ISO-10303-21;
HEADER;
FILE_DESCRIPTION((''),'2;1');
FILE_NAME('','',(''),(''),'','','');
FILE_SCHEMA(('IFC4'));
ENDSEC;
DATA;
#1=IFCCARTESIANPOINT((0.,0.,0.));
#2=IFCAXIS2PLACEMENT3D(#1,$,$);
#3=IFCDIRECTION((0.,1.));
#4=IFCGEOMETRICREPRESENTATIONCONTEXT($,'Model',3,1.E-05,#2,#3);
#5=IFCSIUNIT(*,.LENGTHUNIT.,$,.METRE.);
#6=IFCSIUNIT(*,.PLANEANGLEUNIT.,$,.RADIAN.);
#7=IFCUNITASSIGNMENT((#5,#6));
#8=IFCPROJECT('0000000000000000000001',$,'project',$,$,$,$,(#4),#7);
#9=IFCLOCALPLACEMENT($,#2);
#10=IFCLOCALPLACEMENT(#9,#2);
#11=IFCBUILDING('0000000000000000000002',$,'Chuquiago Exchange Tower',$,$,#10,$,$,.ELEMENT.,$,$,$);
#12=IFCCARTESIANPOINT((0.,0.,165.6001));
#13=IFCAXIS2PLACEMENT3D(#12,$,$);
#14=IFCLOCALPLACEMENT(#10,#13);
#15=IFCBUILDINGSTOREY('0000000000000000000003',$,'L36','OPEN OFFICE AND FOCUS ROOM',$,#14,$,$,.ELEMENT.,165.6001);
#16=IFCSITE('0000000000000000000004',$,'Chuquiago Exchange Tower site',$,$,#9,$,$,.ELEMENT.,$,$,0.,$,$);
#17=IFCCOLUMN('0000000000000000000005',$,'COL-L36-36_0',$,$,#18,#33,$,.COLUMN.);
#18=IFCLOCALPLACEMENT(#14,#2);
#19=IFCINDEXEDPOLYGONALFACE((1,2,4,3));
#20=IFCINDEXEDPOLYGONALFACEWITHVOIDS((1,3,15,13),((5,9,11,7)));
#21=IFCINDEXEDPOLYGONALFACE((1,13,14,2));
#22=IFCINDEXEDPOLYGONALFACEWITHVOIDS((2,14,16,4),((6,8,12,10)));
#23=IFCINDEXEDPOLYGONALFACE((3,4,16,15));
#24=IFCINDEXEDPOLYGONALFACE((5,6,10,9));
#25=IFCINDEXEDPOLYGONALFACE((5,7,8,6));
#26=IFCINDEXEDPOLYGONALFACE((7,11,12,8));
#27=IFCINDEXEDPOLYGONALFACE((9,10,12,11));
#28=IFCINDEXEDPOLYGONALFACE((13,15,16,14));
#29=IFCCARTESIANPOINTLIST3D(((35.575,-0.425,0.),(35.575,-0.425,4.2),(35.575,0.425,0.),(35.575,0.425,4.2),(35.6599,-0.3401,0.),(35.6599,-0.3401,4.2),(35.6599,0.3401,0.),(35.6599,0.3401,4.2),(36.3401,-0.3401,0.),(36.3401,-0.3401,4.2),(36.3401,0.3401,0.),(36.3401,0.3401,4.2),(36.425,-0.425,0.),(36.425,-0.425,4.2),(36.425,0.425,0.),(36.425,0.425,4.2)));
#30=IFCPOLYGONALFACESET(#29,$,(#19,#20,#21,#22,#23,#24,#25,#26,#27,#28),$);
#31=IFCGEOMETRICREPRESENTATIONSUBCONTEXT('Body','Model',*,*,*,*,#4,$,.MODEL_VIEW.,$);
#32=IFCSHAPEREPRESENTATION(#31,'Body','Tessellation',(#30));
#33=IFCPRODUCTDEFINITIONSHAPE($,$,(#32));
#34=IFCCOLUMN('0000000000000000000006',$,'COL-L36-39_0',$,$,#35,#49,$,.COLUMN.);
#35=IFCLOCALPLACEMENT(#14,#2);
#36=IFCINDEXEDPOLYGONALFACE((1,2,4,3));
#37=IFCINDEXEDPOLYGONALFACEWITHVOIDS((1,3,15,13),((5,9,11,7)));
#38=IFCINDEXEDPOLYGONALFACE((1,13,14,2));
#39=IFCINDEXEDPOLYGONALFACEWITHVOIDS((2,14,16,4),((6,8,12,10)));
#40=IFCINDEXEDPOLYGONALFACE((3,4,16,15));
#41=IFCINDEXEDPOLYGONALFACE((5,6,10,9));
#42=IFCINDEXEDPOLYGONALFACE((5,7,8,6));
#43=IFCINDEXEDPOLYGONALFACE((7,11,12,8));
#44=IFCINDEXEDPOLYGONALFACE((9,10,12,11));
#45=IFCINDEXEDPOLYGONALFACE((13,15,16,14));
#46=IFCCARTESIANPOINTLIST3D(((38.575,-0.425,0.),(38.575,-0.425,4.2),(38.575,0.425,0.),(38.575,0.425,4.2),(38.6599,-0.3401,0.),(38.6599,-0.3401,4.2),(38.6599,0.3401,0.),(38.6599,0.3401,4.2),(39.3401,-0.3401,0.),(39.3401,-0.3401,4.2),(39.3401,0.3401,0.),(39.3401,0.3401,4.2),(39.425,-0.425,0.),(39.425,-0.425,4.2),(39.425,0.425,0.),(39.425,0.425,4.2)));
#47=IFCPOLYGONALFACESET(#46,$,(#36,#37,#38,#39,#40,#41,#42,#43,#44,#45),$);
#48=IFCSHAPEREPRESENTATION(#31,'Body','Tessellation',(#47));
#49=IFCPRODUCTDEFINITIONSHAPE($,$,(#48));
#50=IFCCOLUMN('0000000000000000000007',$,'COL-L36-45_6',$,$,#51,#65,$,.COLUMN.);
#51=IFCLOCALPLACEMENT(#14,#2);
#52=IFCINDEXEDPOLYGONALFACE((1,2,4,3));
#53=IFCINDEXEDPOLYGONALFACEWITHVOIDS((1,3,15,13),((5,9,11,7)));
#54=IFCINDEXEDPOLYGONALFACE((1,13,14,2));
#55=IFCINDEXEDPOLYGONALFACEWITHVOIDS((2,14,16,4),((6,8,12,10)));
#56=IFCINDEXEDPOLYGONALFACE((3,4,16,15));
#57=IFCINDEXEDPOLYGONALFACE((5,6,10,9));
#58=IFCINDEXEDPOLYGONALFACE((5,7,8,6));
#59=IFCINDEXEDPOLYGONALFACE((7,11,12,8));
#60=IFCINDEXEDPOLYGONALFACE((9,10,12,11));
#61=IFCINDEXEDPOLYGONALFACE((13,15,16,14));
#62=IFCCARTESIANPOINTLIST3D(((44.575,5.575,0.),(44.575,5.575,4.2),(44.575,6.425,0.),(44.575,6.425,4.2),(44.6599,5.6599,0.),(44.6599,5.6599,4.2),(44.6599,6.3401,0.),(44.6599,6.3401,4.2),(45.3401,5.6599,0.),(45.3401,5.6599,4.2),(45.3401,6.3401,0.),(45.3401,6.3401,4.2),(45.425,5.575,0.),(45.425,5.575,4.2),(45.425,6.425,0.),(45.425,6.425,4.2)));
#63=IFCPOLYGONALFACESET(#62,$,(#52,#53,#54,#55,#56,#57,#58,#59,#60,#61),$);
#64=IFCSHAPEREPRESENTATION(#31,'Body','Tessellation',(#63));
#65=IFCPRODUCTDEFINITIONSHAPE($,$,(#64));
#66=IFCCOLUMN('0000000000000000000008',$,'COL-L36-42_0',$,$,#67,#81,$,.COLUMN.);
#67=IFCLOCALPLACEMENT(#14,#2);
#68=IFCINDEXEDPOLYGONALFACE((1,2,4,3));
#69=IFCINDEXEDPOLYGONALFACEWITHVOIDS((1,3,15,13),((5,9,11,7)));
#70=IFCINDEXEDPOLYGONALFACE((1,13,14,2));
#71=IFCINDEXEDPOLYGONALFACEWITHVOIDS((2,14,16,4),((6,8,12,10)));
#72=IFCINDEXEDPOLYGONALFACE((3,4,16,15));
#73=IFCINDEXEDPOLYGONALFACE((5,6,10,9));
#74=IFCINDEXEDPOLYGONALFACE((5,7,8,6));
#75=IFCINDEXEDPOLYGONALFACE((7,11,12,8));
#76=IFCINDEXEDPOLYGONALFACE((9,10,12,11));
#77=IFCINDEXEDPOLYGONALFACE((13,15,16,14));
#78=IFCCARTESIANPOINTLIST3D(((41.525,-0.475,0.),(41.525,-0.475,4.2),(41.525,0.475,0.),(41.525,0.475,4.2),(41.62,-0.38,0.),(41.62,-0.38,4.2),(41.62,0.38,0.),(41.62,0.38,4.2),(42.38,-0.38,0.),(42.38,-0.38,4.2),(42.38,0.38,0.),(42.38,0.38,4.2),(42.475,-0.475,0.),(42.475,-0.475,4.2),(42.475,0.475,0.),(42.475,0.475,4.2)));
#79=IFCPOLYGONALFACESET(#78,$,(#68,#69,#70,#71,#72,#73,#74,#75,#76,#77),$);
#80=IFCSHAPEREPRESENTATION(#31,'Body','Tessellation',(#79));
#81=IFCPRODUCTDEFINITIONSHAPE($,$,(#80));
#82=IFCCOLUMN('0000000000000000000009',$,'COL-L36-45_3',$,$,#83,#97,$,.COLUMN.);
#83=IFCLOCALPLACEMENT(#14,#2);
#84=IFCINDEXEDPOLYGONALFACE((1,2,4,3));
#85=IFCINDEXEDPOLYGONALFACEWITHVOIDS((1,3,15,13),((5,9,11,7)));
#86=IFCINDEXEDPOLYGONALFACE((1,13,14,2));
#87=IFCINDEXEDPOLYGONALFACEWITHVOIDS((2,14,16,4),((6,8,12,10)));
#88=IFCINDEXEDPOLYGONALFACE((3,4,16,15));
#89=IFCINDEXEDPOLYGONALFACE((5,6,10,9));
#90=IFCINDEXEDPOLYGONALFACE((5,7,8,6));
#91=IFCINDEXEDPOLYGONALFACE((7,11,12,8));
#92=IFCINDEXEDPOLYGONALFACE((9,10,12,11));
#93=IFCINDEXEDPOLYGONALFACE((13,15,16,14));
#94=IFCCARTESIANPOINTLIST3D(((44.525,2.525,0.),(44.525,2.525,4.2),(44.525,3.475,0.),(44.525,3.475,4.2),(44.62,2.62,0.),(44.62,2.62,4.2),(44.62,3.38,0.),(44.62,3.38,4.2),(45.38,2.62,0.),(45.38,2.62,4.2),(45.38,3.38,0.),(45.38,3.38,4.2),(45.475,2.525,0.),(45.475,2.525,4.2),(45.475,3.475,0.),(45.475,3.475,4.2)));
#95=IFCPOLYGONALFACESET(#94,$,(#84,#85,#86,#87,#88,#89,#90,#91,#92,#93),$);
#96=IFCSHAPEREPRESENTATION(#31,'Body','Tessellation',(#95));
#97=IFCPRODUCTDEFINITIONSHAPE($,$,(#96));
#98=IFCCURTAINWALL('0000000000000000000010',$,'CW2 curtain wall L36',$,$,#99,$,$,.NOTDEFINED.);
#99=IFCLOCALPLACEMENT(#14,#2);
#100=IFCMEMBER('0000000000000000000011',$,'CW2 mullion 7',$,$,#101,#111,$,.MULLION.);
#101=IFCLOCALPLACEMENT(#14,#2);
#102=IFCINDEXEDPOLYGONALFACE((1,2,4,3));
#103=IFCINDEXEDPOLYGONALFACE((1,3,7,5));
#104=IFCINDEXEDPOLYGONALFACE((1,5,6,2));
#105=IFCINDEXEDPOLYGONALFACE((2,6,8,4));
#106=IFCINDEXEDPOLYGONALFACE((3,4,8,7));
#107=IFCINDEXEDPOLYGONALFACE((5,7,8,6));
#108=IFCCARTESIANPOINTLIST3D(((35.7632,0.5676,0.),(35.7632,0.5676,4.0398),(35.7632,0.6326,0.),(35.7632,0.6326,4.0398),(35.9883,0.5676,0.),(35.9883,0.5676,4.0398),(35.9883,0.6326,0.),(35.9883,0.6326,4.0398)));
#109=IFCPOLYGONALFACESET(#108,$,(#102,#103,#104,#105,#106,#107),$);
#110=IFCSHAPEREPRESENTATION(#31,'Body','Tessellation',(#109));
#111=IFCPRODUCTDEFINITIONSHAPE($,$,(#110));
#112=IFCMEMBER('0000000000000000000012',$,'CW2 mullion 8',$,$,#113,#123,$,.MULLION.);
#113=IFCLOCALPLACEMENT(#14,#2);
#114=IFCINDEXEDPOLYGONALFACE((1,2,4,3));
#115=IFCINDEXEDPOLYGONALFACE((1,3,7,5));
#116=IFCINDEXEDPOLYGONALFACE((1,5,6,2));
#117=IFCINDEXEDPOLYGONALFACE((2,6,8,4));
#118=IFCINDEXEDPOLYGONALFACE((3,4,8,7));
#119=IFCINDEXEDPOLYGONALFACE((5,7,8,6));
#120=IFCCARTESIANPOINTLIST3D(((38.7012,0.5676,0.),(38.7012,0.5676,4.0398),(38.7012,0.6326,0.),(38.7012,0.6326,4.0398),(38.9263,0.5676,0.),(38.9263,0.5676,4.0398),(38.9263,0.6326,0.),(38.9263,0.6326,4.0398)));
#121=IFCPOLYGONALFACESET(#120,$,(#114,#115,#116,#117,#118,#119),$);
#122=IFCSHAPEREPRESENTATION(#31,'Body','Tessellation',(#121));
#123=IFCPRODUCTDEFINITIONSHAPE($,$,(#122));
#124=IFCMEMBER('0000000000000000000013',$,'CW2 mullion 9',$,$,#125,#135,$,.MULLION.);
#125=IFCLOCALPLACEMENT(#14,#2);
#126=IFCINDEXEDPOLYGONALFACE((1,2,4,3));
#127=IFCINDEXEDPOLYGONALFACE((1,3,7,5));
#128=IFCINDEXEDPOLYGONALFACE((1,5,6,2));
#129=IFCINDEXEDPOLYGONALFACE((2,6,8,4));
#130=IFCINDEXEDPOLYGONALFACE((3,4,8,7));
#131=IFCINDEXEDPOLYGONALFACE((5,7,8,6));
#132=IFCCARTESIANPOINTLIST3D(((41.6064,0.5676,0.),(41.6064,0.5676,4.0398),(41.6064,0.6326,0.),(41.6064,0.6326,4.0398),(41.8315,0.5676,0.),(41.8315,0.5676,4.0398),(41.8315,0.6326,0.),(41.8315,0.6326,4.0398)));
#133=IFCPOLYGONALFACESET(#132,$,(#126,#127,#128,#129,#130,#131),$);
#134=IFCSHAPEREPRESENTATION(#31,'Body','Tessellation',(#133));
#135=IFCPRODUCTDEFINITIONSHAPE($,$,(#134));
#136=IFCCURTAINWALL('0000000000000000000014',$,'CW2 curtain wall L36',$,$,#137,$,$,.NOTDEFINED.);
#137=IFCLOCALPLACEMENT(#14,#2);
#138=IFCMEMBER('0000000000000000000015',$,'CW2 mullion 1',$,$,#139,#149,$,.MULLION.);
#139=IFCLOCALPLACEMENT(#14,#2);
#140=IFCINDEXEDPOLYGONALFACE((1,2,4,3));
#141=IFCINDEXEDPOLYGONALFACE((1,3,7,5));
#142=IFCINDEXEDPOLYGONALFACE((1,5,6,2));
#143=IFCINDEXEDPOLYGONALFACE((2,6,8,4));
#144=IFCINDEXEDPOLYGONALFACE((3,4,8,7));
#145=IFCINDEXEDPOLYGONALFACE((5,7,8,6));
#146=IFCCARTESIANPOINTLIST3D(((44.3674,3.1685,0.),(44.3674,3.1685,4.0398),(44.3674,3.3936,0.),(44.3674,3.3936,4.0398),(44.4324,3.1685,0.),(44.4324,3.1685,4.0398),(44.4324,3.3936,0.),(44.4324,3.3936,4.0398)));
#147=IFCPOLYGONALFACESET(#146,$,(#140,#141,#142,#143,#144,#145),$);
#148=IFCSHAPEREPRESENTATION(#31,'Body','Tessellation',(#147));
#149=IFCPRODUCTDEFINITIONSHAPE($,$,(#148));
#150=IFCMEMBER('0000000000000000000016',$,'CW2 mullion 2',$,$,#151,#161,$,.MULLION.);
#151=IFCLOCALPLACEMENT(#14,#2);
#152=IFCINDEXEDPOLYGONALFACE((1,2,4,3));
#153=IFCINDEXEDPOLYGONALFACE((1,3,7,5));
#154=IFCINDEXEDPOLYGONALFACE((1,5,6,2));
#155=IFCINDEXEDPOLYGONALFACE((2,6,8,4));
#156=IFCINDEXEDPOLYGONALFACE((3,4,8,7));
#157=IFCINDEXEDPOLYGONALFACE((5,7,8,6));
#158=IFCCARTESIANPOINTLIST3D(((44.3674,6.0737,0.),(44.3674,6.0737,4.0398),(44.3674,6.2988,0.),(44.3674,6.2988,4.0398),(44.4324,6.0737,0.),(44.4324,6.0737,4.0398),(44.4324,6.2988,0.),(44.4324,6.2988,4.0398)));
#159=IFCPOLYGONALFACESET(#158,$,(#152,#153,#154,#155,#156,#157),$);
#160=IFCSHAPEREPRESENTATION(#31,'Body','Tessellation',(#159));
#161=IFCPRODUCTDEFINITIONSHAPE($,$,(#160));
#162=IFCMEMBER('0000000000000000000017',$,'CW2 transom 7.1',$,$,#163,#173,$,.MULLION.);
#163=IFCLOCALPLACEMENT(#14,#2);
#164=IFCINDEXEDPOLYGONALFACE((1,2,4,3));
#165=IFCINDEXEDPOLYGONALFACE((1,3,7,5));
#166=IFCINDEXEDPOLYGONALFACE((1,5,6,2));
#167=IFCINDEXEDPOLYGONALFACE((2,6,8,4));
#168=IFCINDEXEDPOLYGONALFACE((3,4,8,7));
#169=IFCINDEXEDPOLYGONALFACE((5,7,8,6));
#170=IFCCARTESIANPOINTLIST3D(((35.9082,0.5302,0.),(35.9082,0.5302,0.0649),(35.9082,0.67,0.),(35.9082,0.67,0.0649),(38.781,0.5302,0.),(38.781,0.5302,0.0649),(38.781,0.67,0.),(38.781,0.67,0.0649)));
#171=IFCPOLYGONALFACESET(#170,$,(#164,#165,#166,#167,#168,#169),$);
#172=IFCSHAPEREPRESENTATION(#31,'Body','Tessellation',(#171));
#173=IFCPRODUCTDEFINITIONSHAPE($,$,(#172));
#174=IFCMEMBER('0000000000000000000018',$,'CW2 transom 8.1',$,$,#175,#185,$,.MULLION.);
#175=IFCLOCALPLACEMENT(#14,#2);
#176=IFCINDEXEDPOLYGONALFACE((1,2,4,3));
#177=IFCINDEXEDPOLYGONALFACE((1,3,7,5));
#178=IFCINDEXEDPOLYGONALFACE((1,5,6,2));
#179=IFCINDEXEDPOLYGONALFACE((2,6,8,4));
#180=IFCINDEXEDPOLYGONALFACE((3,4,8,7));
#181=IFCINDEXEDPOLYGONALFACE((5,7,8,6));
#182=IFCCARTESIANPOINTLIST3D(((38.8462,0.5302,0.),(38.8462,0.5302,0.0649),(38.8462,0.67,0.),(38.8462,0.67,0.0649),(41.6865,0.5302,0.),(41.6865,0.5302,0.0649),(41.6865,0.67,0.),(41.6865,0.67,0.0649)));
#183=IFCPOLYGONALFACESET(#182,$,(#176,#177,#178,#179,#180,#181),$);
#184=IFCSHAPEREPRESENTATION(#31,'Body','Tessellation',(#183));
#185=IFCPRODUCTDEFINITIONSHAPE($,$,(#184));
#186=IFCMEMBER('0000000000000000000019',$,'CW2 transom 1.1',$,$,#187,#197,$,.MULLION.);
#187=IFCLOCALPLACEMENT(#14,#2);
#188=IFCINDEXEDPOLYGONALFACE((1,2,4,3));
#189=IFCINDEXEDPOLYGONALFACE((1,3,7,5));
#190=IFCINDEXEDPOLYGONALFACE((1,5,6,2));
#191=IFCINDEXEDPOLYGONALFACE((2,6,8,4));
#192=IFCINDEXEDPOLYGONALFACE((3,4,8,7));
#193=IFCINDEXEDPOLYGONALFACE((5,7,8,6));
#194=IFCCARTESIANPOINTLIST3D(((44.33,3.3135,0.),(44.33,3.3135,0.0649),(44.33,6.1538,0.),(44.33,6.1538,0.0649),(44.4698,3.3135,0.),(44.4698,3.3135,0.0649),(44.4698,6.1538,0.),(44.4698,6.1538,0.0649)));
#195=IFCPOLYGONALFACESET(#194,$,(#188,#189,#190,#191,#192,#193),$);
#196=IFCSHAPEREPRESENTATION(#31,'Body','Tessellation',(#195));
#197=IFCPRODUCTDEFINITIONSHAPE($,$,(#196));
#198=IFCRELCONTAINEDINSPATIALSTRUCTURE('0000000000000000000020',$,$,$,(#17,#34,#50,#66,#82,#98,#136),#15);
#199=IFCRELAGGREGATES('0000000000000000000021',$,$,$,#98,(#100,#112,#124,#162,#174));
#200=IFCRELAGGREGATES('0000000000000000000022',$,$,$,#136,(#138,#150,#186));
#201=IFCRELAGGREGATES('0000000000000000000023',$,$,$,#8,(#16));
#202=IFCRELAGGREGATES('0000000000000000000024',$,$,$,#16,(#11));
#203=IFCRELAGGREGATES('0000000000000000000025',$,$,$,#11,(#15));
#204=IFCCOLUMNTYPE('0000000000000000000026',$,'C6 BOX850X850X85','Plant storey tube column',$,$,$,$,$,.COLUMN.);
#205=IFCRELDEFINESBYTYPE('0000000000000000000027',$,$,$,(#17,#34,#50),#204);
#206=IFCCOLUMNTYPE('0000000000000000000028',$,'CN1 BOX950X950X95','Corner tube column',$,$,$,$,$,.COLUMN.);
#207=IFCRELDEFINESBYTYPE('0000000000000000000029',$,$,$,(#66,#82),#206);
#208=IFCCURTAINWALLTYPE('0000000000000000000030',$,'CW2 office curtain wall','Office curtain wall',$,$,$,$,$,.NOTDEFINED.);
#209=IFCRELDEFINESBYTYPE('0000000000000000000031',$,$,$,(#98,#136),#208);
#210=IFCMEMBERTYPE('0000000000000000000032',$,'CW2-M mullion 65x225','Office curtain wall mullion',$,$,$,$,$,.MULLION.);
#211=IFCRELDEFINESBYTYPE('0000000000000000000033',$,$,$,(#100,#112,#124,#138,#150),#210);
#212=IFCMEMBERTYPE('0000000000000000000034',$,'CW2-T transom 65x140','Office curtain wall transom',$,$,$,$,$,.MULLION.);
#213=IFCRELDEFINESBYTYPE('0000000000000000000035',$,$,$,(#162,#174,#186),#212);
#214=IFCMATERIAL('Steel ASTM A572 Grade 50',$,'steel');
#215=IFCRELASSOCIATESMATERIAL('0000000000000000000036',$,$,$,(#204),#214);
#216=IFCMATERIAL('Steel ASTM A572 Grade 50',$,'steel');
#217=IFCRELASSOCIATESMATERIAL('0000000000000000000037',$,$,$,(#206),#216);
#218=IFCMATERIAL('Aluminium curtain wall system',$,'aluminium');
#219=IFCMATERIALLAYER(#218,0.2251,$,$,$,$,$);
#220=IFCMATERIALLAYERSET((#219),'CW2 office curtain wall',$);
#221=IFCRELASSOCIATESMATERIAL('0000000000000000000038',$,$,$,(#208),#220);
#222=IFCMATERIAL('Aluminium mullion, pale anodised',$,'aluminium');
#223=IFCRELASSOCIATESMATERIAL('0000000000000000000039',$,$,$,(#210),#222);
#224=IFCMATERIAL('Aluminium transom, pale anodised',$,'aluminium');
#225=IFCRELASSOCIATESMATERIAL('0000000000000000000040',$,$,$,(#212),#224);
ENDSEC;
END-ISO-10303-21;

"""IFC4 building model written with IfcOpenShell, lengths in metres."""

from ifc_helpers import new_model, si_unit, direction, frame, origin, origin_2d, place, context, subcontext, project, spatial, rectangle, hollow_rectangle, extrude, material, layer, layer_set, material_profile, profile_set, type_object, element, aggregate, save


model = new_model("IFC4")

# Units and contexts
model_context = context("Model", 3, precision=1e-05, world=origin(), true_north=direction((0.0, 1.0)))
body_context = subcontext(model_context, "Body", "Model", "MODEL_VIEW")
ifc_project = project(units=[si_unit("LENGTHUNIT", "METRE"), si_unit("PLANEANGLEUNIT", "RADIAN")], contexts=[model_context])

# Site, building, storey
site_placement = place(None, origin())
site = spatial("IfcSite", under=ifc_project, at=site_placement, Name="Chuquiago Exchange Tower site", CompositionType="ELEMENT", RefElevation=0.0)
building_placement = place(site_placement, origin())
building = spatial("IfcBuilding", under=site, at=building_placement, Name="Chuquiago Exchange Tower", CompositionType="ELEMENT")
storey_placement = place(building_placement, frame((0.0, 0.0, 165.6001)))
storey = spatial("IfcBuildingStorey", under=building, at=storey_placement, Name="L36", Description="OPEN OFFICE AND FOCUS ROOM", CompositionType="ELEMENT", Elevation=165.6001)

# Columns
ifc_material_1 = material(Name="Steel ASTM A572 Grade 50", Category="steel")
ifc_material_profile_1 = material_profile(ifc_material_1, hollow_rectangle(XDim=0.8501, YDim=0.8501, WallThickness=0.085, at=origin_2d()), Name="BOX850X850X85")
ifc_profile_set_1 = profile_set([ifc_material_profile_1], Name="Steel ASTM A572 Grade 50")
column_type_1 = type_object("IfcColumnType", Name="C6 BOX850X850X85", Description="Plant storey tube column", PredefinedType="COLUMN", material=ifc_profile_set_1)
for number, where, z_axis, x_axis, name in (
    (1, (36.0, 0.0, 0.0), (0.0, 0.0, 1.0), (0.0, -1.0, 0.0), "COL-L36-36_0"),
    (2, (39.0, 0.0, 0.0), (0.0, 0.0, 1.0), (0.0, -1.0, 0.0), "COL-L36-39_0"),
    (3, (45.0, 6.0, 0.0), (0.0, 0.0, 1.0), (1.0, 0.0, 0.0), "COL-L36-45_6"),
):
    element("IfcColumn", number, at=place(storey_placement, frame(where, z_axis=z_axis, x_axis=x_axis)), inside=storey, type_object=column_type_1, Name=name, PredefinedType="COLUMN", context=body_context, shape_type="SweptSolid", body=[
        extrude(hollow_rectangle(XDim=0.8501, YDim=0.8501, WallThickness=0.085, at=origin_2d()), origin(), (0.0, 0.0, 1.0), 4.2),
    ])
ifc_material_2 = material(Name="Steel ASTM A572 Grade 50", Category="steel")
ifc_material_profile_2 = material_profile(ifc_material_2, hollow_rectangle(XDim=0.95, YDim=0.95, WallThickness=0.095, at=origin_2d()), Name="BOX950X950X95")
ifc_profile_set_2 = profile_set([ifc_material_profile_2], Name="Steel ASTM A572 Grade 50")
column_type_2 = type_object("IfcColumnType", Name="CN1 BOX950X950X95", Description="Corner tube column", PredefinedType="COLUMN", material=ifc_profile_set_2)
for number, where, z_axis, x_axis, name in (
    (4, (42.0, 0.0, 0.0), (0.0, 0.0, 1.0), (0.0, -1.0, 0.0), "COL-L36-42_0"),
    (5, (45.0, 3.0, 0.0), (0.0, 0.0, 1.0), (1.0, 0.0, 0.0), "COL-L36-45_3"),
):
    element("IfcColumn", number, at=place(storey_placement, frame(where, z_axis=z_axis, x_axis=x_axis)), inside=storey, type_object=column_type_2, Name=name, PredefinedType="COLUMN", context=body_context, shape_type="SweptSolid", body=[
        extrude(hollow_rectangle(XDim=0.95, YDim=0.95, WallThickness=0.095, at=origin_2d()), origin(), (0.0, 0.0, 1.0), 4.2),
    ])

# Curtain walls, members
ifc_material_3 = material(Name="Aluminium curtain wall system", Category="aluminium")
ifc_layer_1 = layer(ifc_material_3, 0.2251)
ifc_layer_set_1 = layer_set([ifc_layer_1], Name="CW2 office curtain wall")
curtain_wall_type_1 = type_object("IfcCurtainWallType", Name="CW2 office curtain wall", Description="Office curtain wall", PredefinedType="NOTDEFINED", material=ifc_layer_set_1)
curtain_wall_1_placement = place(storey_placement, origin())
curtain_wall_1 = element("IfcCurtainWall", 6, at=curtain_wall_1_placement, inside=storey, type_object=curtain_wall_type_1, Name="CW2 curtain wall L36", PredefinedType="NOTDEFINED")
ifc_material_4 = material(Name="Aluminium mullion, pale anodised", Category="aluminium")
ifc_material_profile_3 = material_profile(ifc_material_4, rectangle(XDim=0.0649, YDim=0.2251, at=origin_2d()), Name="AL 65x225")
ifc_profile_set_3 = profile_set([ifc_material_profile_3], Name="Aluminium mullion, pale anodised")
member_type_1 = type_object("IfcMemberType", Name="CW2-M mullion 65x225", Description="Office curtain wall mullion", PredefinedType="MULLION", material=ifc_profile_set_3)
member_1_placement = place(storey_placement, frame((35.8757, 0.6001, 0.0), z_axis=(0.0, 0.0, 1.0), x_axis=(0.0, 1.0, 0.0)))
member_1 = element("IfcMember", 7, at=member_1_placement, type_object=member_type_1, Name="CW2 mullion 7", PredefinedType="MULLION", context=body_context, shape_type="SweptSolid", body=[
    extrude(rectangle(XDim=0.0649, YDim=0.2251, at=origin_2d()), origin(), (0.0, 0.0, 1.0), 4.0398),
])
member_2_placement = place(storey_placement, frame((38.8137, 0.6001, 0.0), z_axis=(0.0, 0.0, 1.0), x_axis=(0.0, 1.0, 0.0)))
member_2 = element("IfcMember", 8, at=member_2_placement, type_object=member_type_1, Name="CW2 mullion 8", PredefinedType="MULLION", context=body_context, shape_type="SweptSolid", body=[
    extrude(rectangle(XDim=0.0649, YDim=0.2251, at=origin_2d()), origin(), (0.0, 0.0, 1.0), 4.0398),
])
member_3_placement = place(storey_placement, frame((41.719, 0.6001, 0.0), z_axis=(0.0, 0.0, 1.0), x_axis=(0.0, 1.0, 0.0)))
member_3 = element("IfcMember", 9, at=member_3_placement, type_object=member_type_1, Name="CW2 mullion 9", PredefinedType="MULLION", context=body_context, shape_type="SweptSolid", body=[
    extrude(rectangle(XDim=0.0649, YDim=0.2251, at=origin_2d()), origin(), (0.0, 0.0, 1.0), 4.0398),
])
curtain_wall_2_placement = place(storey_placement, origin())
curtain_wall_2 = element("IfcCurtainWall", 10, at=curtain_wall_2_placement, inside=storey, type_object=curtain_wall_type_1, Name="CW2 curtain wall L36", PredefinedType="NOTDEFINED")
member_4_placement = place(storey_placement, frame((44.3999, 3.281, 0.0), z_axis=(0.0, 0.0, 1.0), x_axis=(-1.0, 0.0, 0.0)))
member_4 = element("IfcMember", 11, at=member_4_placement, type_object=member_type_1, Name="CW2 mullion 1", PredefinedType="MULLION", context=body_context, shape_type="SweptSolid", body=[
    extrude(rectangle(XDim=0.0649, YDim=0.2251, at=origin_2d()), origin(), (0.0, 0.0, 1.0), 4.0398),
])
member_5_placement = place(storey_placement, frame((44.3999, 6.1863, 0.0), z_axis=(0.0, 0.0, 1.0), x_axis=(-1.0, 0.0, 0.0)))
member_5 = element("IfcMember", 12, at=member_5_placement, type_object=member_type_1, Name="CW2 mullion 2", PredefinedType="MULLION", context=body_context, shape_type="SweptSolid", body=[
    extrude(rectangle(XDim=0.0649, YDim=0.2251, at=origin_2d()), origin(), (0.0, 0.0, 1.0), 4.0398),
])

# Members
ifc_material_5 = material(Name="Aluminium transom, pale anodised", Category="aluminium")
ifc_material_profile_4 = material_profile(ifc_material_5, rectangle(XDim=0.1399, YDim=0.0649, at=origin_2d()), Name="AL 140x65")
ifc_profile_set_4 = profile_set([ifc_material_profile_4], Name="Aluminium transom, pale anodised")
member_type_2 = type_object("IfcMemberType", Name="CW2-T transom 65x140", Description="Office curtain wall transom", PredefinedType="MULLION", material=ifc_profile_set_4)
member_6_placement = place(storey_placement, frame((35.9082, 0.6001, 0.0325), z_axis=(1.0, 0.0, 0.0), x_axis=(0.0, 1.0, 0.0)))
member_6 = element("IfcMember", 13, at=member_6_placement, type_object=member_type_2, Name="CW2 transom 7.1", PredefinedType="MULLION", context=body_context, shape_type="SweptSolid", body=[
    extrude(rectangle(XDim=0.1399, YDim=0.0649, at=origin_2d()), origin(), (0.0, 0.0, 1.0), 2.8728),
])
member_7_placement = place(storey_placement, frame((38.8462, 0.6001, 0.0325), z_axis=(1.0, 0.0, 0.0), x_axis=(0.0, 1.0, 0.0)))
member_7 = element("IfcMember", 14, at=member_7_placement, type_object=member_type_2, Name="CW2 transom 8.1", PredefinedType="MULLION", context=body_context, shape_type="SweptSolid", body=[
    extrude(rectangle(XDim=0.1399, YDim=0.0649, at=origin_2d()), origin(), (0.0, 0.0, 1.0), 2.8403),
])
member_8_placement = place(storey_placement, frame((44.3999, 3.3135, 0.0325), z_axis=(0.0, 1.0, 0.0), x_axis=(-1.0, 0.0, 0.0)))
member_8 = element("IfcMember", 15, at=member_8_placement, type_object=member_type_2, Name="CW2 transom 1.1", PredefinedType="MULLION", context=body_context, shape_type="SweptSolid", body=[
    extrude(rectangle(XDim=0.1399, YDim=0.0649, at=origin_2d()), origin(), (0.0, 0.0, 1.0), 2.8403),
])

aggregate(curtain_wall_1, [member_1, member_2, member_3, member_6, member_7])
aggregate(curtain_wall_2, [member_4, member_5, member_8])

save(model, "model.ifc")
